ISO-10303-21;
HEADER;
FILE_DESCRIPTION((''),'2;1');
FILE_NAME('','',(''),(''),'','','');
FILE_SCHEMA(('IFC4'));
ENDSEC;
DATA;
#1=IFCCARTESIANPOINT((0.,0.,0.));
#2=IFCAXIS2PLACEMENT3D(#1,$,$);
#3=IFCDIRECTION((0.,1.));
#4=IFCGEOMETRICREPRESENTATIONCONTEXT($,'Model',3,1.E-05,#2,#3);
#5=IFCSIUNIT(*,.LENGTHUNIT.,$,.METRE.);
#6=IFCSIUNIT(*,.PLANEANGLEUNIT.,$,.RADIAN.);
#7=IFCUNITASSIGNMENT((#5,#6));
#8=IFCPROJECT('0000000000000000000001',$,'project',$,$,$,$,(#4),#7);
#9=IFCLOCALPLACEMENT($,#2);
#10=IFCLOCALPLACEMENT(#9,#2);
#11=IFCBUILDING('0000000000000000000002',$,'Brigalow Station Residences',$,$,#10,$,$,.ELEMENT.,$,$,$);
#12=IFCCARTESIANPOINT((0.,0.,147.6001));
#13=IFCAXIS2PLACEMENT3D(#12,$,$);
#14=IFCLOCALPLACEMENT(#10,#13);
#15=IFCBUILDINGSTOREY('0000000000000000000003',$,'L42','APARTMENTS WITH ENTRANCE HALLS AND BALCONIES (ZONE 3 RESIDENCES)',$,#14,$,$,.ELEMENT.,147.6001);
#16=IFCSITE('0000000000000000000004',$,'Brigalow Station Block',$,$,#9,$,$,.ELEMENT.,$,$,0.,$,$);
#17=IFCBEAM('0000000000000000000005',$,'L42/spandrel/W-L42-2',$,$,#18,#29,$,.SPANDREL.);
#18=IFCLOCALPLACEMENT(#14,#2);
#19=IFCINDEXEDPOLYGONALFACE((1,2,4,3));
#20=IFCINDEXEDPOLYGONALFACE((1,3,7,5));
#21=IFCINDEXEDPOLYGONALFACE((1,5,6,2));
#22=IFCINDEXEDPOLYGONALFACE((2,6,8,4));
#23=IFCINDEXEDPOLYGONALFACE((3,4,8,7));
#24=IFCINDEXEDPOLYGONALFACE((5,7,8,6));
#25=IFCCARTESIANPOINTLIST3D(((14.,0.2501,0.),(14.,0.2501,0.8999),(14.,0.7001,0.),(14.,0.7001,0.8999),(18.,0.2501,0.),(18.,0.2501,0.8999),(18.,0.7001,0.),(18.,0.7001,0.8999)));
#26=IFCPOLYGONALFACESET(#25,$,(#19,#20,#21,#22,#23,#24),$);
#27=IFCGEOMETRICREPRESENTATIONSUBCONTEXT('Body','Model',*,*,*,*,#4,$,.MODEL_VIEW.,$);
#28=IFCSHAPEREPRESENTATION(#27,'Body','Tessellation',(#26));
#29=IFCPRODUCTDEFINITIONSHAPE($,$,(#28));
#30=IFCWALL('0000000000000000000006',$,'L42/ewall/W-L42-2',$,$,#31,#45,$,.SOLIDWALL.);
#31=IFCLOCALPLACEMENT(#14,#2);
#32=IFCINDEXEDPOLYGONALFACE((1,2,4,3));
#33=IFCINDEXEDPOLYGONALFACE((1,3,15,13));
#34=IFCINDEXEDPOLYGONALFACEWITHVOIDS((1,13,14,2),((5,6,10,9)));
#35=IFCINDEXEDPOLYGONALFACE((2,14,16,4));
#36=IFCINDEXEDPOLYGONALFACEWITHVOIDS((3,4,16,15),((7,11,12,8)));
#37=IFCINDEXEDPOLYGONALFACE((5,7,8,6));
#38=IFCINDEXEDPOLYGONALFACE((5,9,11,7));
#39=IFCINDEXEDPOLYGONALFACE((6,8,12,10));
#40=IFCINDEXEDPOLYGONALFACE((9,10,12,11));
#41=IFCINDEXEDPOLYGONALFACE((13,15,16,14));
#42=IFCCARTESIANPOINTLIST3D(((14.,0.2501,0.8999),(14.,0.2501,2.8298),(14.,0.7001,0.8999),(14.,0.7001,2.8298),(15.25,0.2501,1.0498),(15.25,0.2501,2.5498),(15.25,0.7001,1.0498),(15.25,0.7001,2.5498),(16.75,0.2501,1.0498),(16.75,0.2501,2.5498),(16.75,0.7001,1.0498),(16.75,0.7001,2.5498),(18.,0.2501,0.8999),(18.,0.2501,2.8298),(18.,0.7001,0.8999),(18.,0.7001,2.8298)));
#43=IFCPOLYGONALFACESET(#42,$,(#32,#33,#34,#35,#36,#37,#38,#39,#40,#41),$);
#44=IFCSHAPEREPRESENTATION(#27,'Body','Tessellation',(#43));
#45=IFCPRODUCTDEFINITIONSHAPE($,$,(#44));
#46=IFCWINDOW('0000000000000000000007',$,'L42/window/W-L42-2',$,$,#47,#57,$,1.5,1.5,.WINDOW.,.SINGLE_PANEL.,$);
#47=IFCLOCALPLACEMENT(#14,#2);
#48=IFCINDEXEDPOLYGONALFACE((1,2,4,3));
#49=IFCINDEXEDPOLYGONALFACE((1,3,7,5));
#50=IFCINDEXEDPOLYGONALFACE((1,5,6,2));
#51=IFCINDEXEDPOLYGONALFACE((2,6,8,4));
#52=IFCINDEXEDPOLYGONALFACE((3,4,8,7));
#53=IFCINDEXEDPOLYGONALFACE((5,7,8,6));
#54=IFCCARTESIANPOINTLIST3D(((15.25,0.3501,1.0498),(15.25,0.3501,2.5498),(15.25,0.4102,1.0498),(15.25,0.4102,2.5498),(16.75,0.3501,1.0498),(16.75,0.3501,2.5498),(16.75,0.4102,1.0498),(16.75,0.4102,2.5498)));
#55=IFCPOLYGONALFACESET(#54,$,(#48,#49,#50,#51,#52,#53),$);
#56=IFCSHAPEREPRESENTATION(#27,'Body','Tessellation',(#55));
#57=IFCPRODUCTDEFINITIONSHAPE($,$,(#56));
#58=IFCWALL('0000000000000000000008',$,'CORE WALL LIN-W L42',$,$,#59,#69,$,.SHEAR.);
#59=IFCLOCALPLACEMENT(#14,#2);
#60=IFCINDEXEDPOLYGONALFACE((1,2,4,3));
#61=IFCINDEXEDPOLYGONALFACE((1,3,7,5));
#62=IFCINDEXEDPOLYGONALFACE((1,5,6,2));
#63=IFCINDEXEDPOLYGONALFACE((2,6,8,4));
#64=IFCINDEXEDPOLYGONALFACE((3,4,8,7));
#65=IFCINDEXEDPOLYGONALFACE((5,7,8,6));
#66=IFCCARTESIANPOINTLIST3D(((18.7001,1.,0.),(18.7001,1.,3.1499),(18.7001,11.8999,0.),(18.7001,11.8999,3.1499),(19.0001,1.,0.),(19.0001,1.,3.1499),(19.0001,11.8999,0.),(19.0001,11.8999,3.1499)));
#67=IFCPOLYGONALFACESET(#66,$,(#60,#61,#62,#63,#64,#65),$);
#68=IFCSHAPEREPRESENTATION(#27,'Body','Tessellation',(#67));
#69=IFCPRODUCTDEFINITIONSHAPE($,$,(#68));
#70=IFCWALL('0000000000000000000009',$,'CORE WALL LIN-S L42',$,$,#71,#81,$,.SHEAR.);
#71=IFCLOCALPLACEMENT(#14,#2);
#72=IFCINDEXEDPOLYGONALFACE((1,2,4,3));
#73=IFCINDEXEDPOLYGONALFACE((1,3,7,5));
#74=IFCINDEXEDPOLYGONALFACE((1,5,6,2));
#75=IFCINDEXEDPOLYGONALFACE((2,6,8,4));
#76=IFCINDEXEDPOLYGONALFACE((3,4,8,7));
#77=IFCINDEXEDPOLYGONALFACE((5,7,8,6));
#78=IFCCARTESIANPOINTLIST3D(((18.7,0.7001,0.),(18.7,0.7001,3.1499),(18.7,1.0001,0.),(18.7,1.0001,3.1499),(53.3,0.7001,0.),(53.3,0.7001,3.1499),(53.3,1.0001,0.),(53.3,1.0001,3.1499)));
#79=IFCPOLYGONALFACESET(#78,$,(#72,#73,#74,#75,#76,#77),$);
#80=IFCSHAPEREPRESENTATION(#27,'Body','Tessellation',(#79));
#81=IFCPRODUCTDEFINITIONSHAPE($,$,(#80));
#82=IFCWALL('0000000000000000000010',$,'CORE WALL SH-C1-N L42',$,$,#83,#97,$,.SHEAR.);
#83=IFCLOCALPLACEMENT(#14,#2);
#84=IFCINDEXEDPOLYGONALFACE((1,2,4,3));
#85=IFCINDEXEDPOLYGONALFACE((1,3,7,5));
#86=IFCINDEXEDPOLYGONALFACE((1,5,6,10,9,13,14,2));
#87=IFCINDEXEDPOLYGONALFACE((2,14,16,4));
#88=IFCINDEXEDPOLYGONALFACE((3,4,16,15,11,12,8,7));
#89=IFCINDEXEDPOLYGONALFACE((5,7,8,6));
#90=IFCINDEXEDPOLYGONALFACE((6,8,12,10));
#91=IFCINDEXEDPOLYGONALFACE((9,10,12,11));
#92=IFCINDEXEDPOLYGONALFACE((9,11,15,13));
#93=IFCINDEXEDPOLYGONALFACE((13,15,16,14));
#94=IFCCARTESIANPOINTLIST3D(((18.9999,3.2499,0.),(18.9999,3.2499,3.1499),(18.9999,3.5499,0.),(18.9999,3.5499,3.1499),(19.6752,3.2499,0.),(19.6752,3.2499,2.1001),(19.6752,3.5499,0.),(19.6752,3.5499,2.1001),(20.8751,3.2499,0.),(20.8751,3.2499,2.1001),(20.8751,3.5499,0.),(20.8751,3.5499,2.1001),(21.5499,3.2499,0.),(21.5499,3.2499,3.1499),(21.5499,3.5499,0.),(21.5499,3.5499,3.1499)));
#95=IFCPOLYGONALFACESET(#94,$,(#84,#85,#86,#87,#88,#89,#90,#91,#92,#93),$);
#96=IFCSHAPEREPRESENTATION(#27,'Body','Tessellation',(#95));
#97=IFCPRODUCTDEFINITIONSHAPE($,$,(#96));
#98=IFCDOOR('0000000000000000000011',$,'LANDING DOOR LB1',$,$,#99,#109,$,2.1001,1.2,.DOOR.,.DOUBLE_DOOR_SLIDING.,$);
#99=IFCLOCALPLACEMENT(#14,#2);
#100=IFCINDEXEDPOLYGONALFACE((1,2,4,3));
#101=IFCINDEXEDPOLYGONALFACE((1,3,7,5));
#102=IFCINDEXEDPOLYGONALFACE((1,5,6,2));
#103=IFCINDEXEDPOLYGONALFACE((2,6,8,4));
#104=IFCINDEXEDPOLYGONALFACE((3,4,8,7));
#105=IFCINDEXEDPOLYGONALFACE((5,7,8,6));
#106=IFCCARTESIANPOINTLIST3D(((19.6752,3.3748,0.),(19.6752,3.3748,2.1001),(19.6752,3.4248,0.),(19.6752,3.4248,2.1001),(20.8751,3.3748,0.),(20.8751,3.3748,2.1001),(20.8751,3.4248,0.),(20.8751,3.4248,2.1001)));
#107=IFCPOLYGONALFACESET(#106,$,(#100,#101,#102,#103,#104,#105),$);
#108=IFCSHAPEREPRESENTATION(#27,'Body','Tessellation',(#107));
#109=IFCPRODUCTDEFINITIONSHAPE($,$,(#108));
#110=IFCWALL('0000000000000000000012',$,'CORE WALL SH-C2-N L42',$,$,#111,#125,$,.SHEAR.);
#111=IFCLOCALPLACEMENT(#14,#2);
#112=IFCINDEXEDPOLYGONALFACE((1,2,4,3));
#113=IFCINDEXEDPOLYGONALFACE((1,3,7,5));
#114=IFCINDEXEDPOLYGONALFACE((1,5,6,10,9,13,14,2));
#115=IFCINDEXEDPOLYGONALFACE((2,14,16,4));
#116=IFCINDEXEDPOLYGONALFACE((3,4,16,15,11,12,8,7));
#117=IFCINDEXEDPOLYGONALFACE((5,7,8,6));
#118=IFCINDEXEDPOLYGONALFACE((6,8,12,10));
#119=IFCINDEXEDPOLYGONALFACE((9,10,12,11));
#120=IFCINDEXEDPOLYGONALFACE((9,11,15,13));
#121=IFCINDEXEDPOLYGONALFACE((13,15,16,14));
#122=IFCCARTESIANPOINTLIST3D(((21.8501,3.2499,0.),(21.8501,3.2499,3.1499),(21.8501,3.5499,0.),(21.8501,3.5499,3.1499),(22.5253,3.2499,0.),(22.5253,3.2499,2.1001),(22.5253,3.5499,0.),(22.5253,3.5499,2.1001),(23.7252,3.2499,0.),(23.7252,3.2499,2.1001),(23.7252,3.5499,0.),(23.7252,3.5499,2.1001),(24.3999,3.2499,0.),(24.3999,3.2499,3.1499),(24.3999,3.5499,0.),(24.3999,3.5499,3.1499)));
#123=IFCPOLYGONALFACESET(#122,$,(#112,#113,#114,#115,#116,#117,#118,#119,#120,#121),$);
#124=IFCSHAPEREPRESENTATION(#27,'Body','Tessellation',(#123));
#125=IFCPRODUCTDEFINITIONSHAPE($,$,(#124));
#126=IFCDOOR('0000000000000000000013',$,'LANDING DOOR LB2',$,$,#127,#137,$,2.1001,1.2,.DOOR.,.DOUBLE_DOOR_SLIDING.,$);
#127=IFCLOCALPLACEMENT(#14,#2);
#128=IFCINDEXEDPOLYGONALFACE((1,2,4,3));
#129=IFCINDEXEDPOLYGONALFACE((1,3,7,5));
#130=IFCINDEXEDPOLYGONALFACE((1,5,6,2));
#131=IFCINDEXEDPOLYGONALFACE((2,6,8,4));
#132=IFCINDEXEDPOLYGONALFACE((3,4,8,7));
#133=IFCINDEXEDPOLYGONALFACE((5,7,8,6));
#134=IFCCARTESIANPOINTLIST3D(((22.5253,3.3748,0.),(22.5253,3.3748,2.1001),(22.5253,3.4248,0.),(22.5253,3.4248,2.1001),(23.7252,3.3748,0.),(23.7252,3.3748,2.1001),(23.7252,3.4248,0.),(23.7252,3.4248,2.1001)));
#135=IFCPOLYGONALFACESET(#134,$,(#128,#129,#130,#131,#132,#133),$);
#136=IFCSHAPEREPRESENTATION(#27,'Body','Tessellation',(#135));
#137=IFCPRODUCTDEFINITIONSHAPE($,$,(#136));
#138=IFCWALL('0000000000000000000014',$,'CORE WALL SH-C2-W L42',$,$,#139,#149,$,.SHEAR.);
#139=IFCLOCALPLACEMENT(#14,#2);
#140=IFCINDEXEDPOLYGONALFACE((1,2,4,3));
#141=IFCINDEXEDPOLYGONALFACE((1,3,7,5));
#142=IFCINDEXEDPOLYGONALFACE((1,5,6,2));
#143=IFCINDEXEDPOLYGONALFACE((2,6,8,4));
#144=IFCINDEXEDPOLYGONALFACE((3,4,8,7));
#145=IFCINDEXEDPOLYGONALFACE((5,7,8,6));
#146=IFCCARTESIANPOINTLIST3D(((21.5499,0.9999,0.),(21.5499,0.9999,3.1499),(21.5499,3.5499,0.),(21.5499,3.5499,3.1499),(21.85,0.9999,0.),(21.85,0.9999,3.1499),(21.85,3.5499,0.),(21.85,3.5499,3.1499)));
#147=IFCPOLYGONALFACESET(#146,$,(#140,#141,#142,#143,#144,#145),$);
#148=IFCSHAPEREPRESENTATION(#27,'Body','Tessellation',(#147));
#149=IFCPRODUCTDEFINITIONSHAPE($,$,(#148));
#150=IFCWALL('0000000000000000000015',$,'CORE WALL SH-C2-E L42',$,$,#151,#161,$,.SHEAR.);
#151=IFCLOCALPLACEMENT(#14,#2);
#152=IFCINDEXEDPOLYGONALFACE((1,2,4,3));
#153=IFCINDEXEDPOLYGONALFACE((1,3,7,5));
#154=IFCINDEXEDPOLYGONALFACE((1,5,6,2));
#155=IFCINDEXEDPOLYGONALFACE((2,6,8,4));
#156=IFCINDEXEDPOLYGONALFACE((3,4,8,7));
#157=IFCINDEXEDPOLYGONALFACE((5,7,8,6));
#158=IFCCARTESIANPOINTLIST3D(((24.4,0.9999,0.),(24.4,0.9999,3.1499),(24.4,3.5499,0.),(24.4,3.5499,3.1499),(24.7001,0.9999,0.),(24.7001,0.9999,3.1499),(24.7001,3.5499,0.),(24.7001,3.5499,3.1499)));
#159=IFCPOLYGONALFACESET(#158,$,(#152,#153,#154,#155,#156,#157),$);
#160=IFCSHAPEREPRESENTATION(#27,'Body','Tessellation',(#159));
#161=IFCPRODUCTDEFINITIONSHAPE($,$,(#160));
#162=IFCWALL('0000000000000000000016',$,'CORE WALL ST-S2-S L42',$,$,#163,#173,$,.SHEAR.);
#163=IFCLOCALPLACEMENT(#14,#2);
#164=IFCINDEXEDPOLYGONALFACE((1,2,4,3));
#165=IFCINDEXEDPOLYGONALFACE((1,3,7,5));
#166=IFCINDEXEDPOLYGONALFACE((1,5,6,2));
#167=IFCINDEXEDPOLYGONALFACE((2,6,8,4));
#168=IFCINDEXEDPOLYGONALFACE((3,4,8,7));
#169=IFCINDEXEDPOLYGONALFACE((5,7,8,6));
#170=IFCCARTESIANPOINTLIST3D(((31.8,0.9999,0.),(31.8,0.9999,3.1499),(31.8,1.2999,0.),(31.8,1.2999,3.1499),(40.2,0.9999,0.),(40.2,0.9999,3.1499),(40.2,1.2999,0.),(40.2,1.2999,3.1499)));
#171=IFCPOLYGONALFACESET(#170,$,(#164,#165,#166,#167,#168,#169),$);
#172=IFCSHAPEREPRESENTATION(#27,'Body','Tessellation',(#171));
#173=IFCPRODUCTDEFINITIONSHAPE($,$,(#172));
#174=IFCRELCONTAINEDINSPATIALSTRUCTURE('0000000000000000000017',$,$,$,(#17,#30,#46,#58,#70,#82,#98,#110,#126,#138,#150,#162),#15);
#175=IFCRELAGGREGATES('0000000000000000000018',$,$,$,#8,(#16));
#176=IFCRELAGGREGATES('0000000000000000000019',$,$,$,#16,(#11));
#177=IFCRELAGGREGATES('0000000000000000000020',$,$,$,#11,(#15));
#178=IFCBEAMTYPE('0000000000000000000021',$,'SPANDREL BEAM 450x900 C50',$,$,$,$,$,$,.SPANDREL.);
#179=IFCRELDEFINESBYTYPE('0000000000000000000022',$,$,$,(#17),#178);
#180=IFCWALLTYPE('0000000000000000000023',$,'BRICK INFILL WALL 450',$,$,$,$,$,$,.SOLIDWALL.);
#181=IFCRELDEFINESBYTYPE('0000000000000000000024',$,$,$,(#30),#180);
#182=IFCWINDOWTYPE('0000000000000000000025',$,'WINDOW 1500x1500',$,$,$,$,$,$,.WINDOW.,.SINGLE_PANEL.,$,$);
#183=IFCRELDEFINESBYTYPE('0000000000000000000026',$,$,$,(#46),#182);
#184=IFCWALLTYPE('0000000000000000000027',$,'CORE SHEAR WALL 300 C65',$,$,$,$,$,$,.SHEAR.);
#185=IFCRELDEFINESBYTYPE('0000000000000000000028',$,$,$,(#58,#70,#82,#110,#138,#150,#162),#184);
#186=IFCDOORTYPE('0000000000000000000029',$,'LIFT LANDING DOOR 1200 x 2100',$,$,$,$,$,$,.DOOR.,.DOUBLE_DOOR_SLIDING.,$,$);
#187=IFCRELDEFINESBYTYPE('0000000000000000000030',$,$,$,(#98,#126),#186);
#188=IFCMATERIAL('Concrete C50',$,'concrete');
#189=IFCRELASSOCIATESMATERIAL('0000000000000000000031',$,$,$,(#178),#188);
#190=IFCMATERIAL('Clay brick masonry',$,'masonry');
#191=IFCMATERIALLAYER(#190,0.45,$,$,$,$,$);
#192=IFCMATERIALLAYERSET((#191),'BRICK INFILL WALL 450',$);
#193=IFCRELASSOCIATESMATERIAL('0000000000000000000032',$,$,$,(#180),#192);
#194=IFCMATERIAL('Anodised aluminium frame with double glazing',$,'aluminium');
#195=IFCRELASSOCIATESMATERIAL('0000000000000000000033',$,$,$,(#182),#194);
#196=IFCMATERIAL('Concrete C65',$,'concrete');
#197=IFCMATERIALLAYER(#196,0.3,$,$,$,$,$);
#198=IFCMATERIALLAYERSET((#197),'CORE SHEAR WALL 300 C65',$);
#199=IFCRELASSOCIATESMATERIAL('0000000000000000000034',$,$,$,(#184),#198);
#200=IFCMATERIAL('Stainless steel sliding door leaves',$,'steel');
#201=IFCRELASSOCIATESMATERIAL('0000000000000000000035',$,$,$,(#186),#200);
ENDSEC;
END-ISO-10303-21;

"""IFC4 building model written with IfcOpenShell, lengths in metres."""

from ifc_helpers import new_model, si_unit, direction, frame, frame_2d, origin, origin_2d, place, context, subcontext, project, spatial, rectangle, extrude, material, layer, layer_set, material_profile, profile_set, type_object, element, fill, save


model = new_model("IFC4")

# Units and contexts
model_context = context("Model", 3, precision=1e-05, world=origin(), true_north=direction((0.0, 1.0)))
body_context = subcontext(model_context, "Body", "Model", "MODEL_VIEW")
ifc_project = project(units=[si_unit("LENGTHUNIT", "METRE"), si_unit("PLANEANGLEUNIT", "RADIAN")], contexts=[model_context])

# Site, building, storey
site_placement = place(None, origin())
site = spatial("IfcSite", under=ifc_project, at=site_placement, Name="Brigalow Station Block", CompositionType="ELEMENT", RefElevation=0.0)
building_placement = place(site_placement, origin())
building = spatial("IfcBuilding", under=site, at=building_placement, Name="Brigalow Station Residences", CompositionType="ELEMENT")
storey_placement = place(building_placement, frame((0.0, 0.0, 147.6001)))
storey = spatial("IfcBuildingStorey", under=building, at=storey_placement, Name="L42", Description="APARTMENTS WITH ENTRANCE HALLS AND BALCONIES (ZONE 3 RESIDENCES)", CompositionType="ELEMENT", Elevation=147.6001)

# Beam
ifc_material_1 = material(Name="Concrete C50", Category="concrete")
ifc_material_profile = material_profile(ifc_material_1, rectangle(XDim=0.45, YDim=0.8999, at=origin_2d()), Name="RC450x900")
ifc_profile_set = profile_set([ifc_material_profile], Name="Concrete C50")
beam_type = type_object("IfcBeamType", Name="SPANDREL BEAM 450x900 C50", PredefinedType="SPANDREL", material=ifc_profile_set)
beam_placement = place(storey_placement, frame((14.0, 0.4751, 0.45), z_axis=(1.0, 0.0, 0.0), x_axis=(0.0, 1.0, 0.0)))
element("IfcBeam", 1, at=beam_placement, inside=storey, type_object=beam_type, Name="L42/spandrel/W-L42-2", PredefinedType="SPANDREL", context=body_context, shape_type="SweptSolid", body=[
    extrude(rectangle(XDim=0.45, YDim=0.8999, at=origin_2d()), origin(), (0.0, 0.0, 1.0), 4.0),
])

# Wall, opening, window
ifc_material_2 = material(Name="Clay brick masonry", Category="masonry")
ifc_layer_1 = layer(ifc_material_2, 0.45)
ifc_layer_set_1 = layer_set([ifc_layer_1], Name="BRICK INFILL WALL 450")
wall_type_1 = type_object("IfcWallType", Name="BRICK INFILL WALL 450", PredefinedType="SOLIDWALL", material=ifc_layer_set_1)
wall_1_placement = place(storey_placement, frame((14.0, 0.4751, 0.8999), z_axis=(0.0, 0.0, 1.0), x_axis=(1.0, 0.0, 0.0)))
wall_1 = element("IfcWall", 2, at=wall_1_placement, inside=storey, type_object=wall_type_1, Name="L42/ewall/W-L42-2", PredefinedType="SOLIDWALL", context=body_context, shape_type="SweptSolid", body=[
    extrude(rectangle(XDim=4.0, YDim=0.45, at=frame_2d((2.0, 0.0))), origin(), (0.0, 0.0, 1.0), 1.9299),
])
opening_1_placement = place(wall_1_placement, frame((1.25, 0.0, 0.1499)))
opening_1 = element("IfcOpeningElement", 3, at=opening_1_placement, cuts=wall_1, PredefinedType="OPENING", context=body_context, shape_type="SweptSolid", body=[
    extrude(rectangle(XDim=1.5, YDim=1.5, at=frame_2d((0.75, 0.75))), frame((0.0, 0.2349, 0.0), z_axis=(0.0, -1.0, 0.0), x_axis=(1.0, 0.0, 0.0)), (0.0, 0.0, 1.0), 0.47),
])
ifc_material_3 = material(Name="Anodised aluminium frame with double glazing", Category="aluminium")
window_type = type_object("IfcWindowType", Name="WINDOW 1500x1500", PartitioningType="SINGLE_PANEL", PredefinedType="WINDOW", material=ifc_material_3)
window_placement = place(opening_1_placement, origin())
window = element("IfcWindow", 4, at=window_placement, inside=storey, type_object=window_type, Name="L42/window/W-L42-2", OverallHeight=1.5, OverallWidth=1.5, PartitioningType="SINGLE_PANEL", PredefinedType="WINDOW", context=body_context, shape_type="SweptSolid", body=[
    extrude(rectangle(XDim=1.5, YDim=1.5, at=frame_2d((0.75, 0.75))), frame((0.0, -0.0649, 0.0), z_axis=(0.0, -1.0, 0.0), x_axis=(1.0, 0.0, 0.0)), (0.0, 0.0, 1.0), 0.0601),
])
fill(opening_1, window)

# Walls
ifc_material_4 = material(Name="Concrete C65", Category="concrete")
ifc_layer_2 = layer(ifc_material_4, 0.3)
ifc_layer_set_2 = layer_set([ifc_layer_2], Name="CORE SHEAR WALL 300 C65")
wall_type_2 = type_object("IfcWallType", Name="CORE SHEAR WALL 300 C65", PredefinedType="SHEAR", material=ifc_layer_set_2)
wall_2_placement = place(storey_placement, frame((18.8501, 1.0, 0.0), z_axis=(0.0, 0.0, 1.0), x_axis=(0.0, 1.0, 0.0)))
element("IfcWall", 5, at=wall_2_placement, inside=storey, type_object=wall_type_2, Name="CORE WALL LIN-W L42", PredefinedType="SHEAR", context=body_context, shape_type="SweptSolid", body=[
    extrude(rectangle(XDim=10.8999, YDim=0.3, at=frame_2d((5.45, 0.0))), origin(), (0.0, 0.0, 1.0), 3.1499),
])
wall_3_placement = place(storey_placement, frame((18.7, 0.8501, 0.0), z_axis=(0.0, 0.0, 1.0), x_axis=(1.0, 0.0, 0.0)))
element("IfcWall", 6, at=wall_3_placement, inside=storey, type_object=wall_type_2, Name="CORE WALL LIN-S L42", PredefinedType="SHEAR", context=body_context, shape_type="SweptSolid", body=[
    extrude(rectangle(XDim=34.6001, YDim=0.3, at=frame_2d((17.3, 0.0))), origin(), (0.0, 0.0, 1.0), 3.1499),
])

# Walls, openings, doors
wall_4_placement = place(storey_placement, frame((19.0, 3.3999, 0.0), z_axis=(0.0, 0.0, 1.0), x_axis=(1.0, 0.0, 0.0)))
wall_4 = element("IfcWall", 7, at=wall_4_placement, inside=storey, type_object=wall_type_2, Name="CORE WALL SH-C1-N L42", PredefinedType="SHEAR", context=body_context, shape_type="SweptSolid", body=[
    extrude(rectangle(XDim=2.55, YDim=0.3, at=frame_2d((1.2749, 0.0))), origin(), (0.0, 0.0, 1.0), 3.1499),
])
opening_2_placement = place(wall_4_placement, frame((0.675, 0.0, 0.0)))
opening_2 = element("IfcOpeningElement", 8, at=opening_2_placement, cuts=wall_4, PredefinedType="OPENING", context=body_context, shape_type="SweptSolid", body=[
    extrude(rectangle(XDim=1.2, YDim=2.1001, at=frame_2d((0.6001, 1.05))), frame((0.0, 0.1602, 0.0), z_axis=(0.0, -1.0, 0.0), x_axis=(1.0, 0.0, 0.0)), (0.0, 0.0, 1.0), 0.3201),
])
ifc_material_5 = material(Name="Stainless steel sliding door leaves", Category="steel")
door_type = type_object("IfcDoorType", Name="LIFT LANDING DOOR 1200 x 2100", OperationType="DOUBLE_DOOR_SLIDING", PredefinedType="DOOR", material=ifc_material_5)
door_1_placement = place(opening_2_placement, origin())
door_1 = element("IfcDoor", 9, at=door_1_placement, inside=storey, type_object=door_type, Name="LANDING DOOR LB1", OperationType="DOUBLE_DOOR_SLIDING", OverallHeight=2.1001, OverallWidth=1.2, PredefinedType="DOOR", context=body_context, shape_type="SweptSolid", body=[
    extrude(rectangle(XDim=1.2, YDim=2.1001, at=frame_2d((0.6001, 1.05))), frame((0.0, 0.0249, 0.0), z_axis=(0.0, -1.0, 0.0), x_axis=(1.0, 0.0, 0.0)), (0.0, 0.0, 1.0), 0.05),
])
fill(opening_2, door_1)
wall_5_placement = place(storey_placement, frame((21.8501, 3.3999, 0.0), z_axis=(0.0, 0.0, 1.0), x_axis=(1.0, 0.0, 0.0)))
wall_5 = element("IfcWall", 10, at=wall_5_placement, inside=storey, type_object=wall_type_2, Name="CORE WALL SH-C2-N L42", PredefinedType="SHEAR", context=body_context, shape_type="SweptSolid", body=[
    extrude(rectangle(XDim=2.5498, YDim=0.3, at=frame_2d((1.2749, 0.0))), origin(), (0.0, 0.0, 1.0), 3.1499),
])
opening_3_placement = place(wall_5_placement, frame((0.675, 0.0, 0.0)))
opening_3 = element("IfcOpeningElement", 11, at=opening_3_placement, cuts=wall_5, PredefinedType="OPENING", context=body_context, shape_type="SweptSolid", body=[
    extrude(rectangle(XDim=1.2, YDim=2.1001, at=frame_2d((0.6001, 1.05))), frame((0.0, 0.1602, 0.0), z_axis=(0.0, -1.0, 0.0), x_axis=(1.0, 0.0, 0.0)), (0.0, 0.0, 1.0), 0.3201),
])
door_2_placement = place(opening_3_placement, origin())
door_2 = element("IfcDoor", 12, at=door_2_placement, inside=storey, type_object=door_type, Name="LANDING DOOR LB2", OperationType="DOUBLE_DOOR_SLIDING", OverallHeight=2.1001, OverallWidth=1.2, PredefinedType="DOOR", context=body_context, shape_type="SweptSolid", body=[
    extrude(rectangle(XDim=1.2, YDim=2.1001, at=frame_2d((0.6001, 1.05))), frame((0.0, 0.0249, 0.0), z_axis=(0.0, -1.0, 0.0), x_axis=(1.0, 0.0, 0.0)), (0.0, 0.0, 1.0), 0.05),
])
fill(opening_3, door_2)

# Walls
for number, where, z_axis, x_axis, name in (
    (13, (21.7, 1.0, 0.0), (0.0, 0.0, 1.0), (0.0, 1.0, 0.0), "CORE WALL SH-C2-W L42"),
    (14, (24.55, 1.0, 0.0), (0.0, 0.0, 1.0), (0.0, 1.0, 0.0), "CORE WALL SH-C2-E L42"),
):
    element("IfcWall", number, at=place(storey_placement, frame(where, z_axis=z_axis, x_axis=x_axis)), inside=storey, type_object=wall_type_2, Name=name, PredefinedType="SHEAR", context=body_context, shape_type="SweptSolid", body=[
        extrude(rectangle(XDim=2.55, YDim=0.3, at=frame_2d((1.2749, 0.0))), origin(), (0.0, 0.0, 1.0), 3.1499),
    ])
wall_6_placement = place(storey_placement, frame((31.8, 1.1499, 0.0), z_axis=(0.0, 0.0, 1.0), x_axis=(1.0, 0.0, 0.0)))
element("IfcWall", 15, at=wall_6_placement, inside=storey, type_object=wall_type_2, Name="CORE WALL ST-S2-S L42", PredefinedType="SHEAR", context=body_context, shape_type="SweptSolid", body=[
    extrude(rectangle(XDim=8.3999, YDim=0.3, at=frame_2d((4.2, 0.0))), origin(), (0.0, 0.0, 1.0), 3.1499),
])

save(model, "model.ifc")
